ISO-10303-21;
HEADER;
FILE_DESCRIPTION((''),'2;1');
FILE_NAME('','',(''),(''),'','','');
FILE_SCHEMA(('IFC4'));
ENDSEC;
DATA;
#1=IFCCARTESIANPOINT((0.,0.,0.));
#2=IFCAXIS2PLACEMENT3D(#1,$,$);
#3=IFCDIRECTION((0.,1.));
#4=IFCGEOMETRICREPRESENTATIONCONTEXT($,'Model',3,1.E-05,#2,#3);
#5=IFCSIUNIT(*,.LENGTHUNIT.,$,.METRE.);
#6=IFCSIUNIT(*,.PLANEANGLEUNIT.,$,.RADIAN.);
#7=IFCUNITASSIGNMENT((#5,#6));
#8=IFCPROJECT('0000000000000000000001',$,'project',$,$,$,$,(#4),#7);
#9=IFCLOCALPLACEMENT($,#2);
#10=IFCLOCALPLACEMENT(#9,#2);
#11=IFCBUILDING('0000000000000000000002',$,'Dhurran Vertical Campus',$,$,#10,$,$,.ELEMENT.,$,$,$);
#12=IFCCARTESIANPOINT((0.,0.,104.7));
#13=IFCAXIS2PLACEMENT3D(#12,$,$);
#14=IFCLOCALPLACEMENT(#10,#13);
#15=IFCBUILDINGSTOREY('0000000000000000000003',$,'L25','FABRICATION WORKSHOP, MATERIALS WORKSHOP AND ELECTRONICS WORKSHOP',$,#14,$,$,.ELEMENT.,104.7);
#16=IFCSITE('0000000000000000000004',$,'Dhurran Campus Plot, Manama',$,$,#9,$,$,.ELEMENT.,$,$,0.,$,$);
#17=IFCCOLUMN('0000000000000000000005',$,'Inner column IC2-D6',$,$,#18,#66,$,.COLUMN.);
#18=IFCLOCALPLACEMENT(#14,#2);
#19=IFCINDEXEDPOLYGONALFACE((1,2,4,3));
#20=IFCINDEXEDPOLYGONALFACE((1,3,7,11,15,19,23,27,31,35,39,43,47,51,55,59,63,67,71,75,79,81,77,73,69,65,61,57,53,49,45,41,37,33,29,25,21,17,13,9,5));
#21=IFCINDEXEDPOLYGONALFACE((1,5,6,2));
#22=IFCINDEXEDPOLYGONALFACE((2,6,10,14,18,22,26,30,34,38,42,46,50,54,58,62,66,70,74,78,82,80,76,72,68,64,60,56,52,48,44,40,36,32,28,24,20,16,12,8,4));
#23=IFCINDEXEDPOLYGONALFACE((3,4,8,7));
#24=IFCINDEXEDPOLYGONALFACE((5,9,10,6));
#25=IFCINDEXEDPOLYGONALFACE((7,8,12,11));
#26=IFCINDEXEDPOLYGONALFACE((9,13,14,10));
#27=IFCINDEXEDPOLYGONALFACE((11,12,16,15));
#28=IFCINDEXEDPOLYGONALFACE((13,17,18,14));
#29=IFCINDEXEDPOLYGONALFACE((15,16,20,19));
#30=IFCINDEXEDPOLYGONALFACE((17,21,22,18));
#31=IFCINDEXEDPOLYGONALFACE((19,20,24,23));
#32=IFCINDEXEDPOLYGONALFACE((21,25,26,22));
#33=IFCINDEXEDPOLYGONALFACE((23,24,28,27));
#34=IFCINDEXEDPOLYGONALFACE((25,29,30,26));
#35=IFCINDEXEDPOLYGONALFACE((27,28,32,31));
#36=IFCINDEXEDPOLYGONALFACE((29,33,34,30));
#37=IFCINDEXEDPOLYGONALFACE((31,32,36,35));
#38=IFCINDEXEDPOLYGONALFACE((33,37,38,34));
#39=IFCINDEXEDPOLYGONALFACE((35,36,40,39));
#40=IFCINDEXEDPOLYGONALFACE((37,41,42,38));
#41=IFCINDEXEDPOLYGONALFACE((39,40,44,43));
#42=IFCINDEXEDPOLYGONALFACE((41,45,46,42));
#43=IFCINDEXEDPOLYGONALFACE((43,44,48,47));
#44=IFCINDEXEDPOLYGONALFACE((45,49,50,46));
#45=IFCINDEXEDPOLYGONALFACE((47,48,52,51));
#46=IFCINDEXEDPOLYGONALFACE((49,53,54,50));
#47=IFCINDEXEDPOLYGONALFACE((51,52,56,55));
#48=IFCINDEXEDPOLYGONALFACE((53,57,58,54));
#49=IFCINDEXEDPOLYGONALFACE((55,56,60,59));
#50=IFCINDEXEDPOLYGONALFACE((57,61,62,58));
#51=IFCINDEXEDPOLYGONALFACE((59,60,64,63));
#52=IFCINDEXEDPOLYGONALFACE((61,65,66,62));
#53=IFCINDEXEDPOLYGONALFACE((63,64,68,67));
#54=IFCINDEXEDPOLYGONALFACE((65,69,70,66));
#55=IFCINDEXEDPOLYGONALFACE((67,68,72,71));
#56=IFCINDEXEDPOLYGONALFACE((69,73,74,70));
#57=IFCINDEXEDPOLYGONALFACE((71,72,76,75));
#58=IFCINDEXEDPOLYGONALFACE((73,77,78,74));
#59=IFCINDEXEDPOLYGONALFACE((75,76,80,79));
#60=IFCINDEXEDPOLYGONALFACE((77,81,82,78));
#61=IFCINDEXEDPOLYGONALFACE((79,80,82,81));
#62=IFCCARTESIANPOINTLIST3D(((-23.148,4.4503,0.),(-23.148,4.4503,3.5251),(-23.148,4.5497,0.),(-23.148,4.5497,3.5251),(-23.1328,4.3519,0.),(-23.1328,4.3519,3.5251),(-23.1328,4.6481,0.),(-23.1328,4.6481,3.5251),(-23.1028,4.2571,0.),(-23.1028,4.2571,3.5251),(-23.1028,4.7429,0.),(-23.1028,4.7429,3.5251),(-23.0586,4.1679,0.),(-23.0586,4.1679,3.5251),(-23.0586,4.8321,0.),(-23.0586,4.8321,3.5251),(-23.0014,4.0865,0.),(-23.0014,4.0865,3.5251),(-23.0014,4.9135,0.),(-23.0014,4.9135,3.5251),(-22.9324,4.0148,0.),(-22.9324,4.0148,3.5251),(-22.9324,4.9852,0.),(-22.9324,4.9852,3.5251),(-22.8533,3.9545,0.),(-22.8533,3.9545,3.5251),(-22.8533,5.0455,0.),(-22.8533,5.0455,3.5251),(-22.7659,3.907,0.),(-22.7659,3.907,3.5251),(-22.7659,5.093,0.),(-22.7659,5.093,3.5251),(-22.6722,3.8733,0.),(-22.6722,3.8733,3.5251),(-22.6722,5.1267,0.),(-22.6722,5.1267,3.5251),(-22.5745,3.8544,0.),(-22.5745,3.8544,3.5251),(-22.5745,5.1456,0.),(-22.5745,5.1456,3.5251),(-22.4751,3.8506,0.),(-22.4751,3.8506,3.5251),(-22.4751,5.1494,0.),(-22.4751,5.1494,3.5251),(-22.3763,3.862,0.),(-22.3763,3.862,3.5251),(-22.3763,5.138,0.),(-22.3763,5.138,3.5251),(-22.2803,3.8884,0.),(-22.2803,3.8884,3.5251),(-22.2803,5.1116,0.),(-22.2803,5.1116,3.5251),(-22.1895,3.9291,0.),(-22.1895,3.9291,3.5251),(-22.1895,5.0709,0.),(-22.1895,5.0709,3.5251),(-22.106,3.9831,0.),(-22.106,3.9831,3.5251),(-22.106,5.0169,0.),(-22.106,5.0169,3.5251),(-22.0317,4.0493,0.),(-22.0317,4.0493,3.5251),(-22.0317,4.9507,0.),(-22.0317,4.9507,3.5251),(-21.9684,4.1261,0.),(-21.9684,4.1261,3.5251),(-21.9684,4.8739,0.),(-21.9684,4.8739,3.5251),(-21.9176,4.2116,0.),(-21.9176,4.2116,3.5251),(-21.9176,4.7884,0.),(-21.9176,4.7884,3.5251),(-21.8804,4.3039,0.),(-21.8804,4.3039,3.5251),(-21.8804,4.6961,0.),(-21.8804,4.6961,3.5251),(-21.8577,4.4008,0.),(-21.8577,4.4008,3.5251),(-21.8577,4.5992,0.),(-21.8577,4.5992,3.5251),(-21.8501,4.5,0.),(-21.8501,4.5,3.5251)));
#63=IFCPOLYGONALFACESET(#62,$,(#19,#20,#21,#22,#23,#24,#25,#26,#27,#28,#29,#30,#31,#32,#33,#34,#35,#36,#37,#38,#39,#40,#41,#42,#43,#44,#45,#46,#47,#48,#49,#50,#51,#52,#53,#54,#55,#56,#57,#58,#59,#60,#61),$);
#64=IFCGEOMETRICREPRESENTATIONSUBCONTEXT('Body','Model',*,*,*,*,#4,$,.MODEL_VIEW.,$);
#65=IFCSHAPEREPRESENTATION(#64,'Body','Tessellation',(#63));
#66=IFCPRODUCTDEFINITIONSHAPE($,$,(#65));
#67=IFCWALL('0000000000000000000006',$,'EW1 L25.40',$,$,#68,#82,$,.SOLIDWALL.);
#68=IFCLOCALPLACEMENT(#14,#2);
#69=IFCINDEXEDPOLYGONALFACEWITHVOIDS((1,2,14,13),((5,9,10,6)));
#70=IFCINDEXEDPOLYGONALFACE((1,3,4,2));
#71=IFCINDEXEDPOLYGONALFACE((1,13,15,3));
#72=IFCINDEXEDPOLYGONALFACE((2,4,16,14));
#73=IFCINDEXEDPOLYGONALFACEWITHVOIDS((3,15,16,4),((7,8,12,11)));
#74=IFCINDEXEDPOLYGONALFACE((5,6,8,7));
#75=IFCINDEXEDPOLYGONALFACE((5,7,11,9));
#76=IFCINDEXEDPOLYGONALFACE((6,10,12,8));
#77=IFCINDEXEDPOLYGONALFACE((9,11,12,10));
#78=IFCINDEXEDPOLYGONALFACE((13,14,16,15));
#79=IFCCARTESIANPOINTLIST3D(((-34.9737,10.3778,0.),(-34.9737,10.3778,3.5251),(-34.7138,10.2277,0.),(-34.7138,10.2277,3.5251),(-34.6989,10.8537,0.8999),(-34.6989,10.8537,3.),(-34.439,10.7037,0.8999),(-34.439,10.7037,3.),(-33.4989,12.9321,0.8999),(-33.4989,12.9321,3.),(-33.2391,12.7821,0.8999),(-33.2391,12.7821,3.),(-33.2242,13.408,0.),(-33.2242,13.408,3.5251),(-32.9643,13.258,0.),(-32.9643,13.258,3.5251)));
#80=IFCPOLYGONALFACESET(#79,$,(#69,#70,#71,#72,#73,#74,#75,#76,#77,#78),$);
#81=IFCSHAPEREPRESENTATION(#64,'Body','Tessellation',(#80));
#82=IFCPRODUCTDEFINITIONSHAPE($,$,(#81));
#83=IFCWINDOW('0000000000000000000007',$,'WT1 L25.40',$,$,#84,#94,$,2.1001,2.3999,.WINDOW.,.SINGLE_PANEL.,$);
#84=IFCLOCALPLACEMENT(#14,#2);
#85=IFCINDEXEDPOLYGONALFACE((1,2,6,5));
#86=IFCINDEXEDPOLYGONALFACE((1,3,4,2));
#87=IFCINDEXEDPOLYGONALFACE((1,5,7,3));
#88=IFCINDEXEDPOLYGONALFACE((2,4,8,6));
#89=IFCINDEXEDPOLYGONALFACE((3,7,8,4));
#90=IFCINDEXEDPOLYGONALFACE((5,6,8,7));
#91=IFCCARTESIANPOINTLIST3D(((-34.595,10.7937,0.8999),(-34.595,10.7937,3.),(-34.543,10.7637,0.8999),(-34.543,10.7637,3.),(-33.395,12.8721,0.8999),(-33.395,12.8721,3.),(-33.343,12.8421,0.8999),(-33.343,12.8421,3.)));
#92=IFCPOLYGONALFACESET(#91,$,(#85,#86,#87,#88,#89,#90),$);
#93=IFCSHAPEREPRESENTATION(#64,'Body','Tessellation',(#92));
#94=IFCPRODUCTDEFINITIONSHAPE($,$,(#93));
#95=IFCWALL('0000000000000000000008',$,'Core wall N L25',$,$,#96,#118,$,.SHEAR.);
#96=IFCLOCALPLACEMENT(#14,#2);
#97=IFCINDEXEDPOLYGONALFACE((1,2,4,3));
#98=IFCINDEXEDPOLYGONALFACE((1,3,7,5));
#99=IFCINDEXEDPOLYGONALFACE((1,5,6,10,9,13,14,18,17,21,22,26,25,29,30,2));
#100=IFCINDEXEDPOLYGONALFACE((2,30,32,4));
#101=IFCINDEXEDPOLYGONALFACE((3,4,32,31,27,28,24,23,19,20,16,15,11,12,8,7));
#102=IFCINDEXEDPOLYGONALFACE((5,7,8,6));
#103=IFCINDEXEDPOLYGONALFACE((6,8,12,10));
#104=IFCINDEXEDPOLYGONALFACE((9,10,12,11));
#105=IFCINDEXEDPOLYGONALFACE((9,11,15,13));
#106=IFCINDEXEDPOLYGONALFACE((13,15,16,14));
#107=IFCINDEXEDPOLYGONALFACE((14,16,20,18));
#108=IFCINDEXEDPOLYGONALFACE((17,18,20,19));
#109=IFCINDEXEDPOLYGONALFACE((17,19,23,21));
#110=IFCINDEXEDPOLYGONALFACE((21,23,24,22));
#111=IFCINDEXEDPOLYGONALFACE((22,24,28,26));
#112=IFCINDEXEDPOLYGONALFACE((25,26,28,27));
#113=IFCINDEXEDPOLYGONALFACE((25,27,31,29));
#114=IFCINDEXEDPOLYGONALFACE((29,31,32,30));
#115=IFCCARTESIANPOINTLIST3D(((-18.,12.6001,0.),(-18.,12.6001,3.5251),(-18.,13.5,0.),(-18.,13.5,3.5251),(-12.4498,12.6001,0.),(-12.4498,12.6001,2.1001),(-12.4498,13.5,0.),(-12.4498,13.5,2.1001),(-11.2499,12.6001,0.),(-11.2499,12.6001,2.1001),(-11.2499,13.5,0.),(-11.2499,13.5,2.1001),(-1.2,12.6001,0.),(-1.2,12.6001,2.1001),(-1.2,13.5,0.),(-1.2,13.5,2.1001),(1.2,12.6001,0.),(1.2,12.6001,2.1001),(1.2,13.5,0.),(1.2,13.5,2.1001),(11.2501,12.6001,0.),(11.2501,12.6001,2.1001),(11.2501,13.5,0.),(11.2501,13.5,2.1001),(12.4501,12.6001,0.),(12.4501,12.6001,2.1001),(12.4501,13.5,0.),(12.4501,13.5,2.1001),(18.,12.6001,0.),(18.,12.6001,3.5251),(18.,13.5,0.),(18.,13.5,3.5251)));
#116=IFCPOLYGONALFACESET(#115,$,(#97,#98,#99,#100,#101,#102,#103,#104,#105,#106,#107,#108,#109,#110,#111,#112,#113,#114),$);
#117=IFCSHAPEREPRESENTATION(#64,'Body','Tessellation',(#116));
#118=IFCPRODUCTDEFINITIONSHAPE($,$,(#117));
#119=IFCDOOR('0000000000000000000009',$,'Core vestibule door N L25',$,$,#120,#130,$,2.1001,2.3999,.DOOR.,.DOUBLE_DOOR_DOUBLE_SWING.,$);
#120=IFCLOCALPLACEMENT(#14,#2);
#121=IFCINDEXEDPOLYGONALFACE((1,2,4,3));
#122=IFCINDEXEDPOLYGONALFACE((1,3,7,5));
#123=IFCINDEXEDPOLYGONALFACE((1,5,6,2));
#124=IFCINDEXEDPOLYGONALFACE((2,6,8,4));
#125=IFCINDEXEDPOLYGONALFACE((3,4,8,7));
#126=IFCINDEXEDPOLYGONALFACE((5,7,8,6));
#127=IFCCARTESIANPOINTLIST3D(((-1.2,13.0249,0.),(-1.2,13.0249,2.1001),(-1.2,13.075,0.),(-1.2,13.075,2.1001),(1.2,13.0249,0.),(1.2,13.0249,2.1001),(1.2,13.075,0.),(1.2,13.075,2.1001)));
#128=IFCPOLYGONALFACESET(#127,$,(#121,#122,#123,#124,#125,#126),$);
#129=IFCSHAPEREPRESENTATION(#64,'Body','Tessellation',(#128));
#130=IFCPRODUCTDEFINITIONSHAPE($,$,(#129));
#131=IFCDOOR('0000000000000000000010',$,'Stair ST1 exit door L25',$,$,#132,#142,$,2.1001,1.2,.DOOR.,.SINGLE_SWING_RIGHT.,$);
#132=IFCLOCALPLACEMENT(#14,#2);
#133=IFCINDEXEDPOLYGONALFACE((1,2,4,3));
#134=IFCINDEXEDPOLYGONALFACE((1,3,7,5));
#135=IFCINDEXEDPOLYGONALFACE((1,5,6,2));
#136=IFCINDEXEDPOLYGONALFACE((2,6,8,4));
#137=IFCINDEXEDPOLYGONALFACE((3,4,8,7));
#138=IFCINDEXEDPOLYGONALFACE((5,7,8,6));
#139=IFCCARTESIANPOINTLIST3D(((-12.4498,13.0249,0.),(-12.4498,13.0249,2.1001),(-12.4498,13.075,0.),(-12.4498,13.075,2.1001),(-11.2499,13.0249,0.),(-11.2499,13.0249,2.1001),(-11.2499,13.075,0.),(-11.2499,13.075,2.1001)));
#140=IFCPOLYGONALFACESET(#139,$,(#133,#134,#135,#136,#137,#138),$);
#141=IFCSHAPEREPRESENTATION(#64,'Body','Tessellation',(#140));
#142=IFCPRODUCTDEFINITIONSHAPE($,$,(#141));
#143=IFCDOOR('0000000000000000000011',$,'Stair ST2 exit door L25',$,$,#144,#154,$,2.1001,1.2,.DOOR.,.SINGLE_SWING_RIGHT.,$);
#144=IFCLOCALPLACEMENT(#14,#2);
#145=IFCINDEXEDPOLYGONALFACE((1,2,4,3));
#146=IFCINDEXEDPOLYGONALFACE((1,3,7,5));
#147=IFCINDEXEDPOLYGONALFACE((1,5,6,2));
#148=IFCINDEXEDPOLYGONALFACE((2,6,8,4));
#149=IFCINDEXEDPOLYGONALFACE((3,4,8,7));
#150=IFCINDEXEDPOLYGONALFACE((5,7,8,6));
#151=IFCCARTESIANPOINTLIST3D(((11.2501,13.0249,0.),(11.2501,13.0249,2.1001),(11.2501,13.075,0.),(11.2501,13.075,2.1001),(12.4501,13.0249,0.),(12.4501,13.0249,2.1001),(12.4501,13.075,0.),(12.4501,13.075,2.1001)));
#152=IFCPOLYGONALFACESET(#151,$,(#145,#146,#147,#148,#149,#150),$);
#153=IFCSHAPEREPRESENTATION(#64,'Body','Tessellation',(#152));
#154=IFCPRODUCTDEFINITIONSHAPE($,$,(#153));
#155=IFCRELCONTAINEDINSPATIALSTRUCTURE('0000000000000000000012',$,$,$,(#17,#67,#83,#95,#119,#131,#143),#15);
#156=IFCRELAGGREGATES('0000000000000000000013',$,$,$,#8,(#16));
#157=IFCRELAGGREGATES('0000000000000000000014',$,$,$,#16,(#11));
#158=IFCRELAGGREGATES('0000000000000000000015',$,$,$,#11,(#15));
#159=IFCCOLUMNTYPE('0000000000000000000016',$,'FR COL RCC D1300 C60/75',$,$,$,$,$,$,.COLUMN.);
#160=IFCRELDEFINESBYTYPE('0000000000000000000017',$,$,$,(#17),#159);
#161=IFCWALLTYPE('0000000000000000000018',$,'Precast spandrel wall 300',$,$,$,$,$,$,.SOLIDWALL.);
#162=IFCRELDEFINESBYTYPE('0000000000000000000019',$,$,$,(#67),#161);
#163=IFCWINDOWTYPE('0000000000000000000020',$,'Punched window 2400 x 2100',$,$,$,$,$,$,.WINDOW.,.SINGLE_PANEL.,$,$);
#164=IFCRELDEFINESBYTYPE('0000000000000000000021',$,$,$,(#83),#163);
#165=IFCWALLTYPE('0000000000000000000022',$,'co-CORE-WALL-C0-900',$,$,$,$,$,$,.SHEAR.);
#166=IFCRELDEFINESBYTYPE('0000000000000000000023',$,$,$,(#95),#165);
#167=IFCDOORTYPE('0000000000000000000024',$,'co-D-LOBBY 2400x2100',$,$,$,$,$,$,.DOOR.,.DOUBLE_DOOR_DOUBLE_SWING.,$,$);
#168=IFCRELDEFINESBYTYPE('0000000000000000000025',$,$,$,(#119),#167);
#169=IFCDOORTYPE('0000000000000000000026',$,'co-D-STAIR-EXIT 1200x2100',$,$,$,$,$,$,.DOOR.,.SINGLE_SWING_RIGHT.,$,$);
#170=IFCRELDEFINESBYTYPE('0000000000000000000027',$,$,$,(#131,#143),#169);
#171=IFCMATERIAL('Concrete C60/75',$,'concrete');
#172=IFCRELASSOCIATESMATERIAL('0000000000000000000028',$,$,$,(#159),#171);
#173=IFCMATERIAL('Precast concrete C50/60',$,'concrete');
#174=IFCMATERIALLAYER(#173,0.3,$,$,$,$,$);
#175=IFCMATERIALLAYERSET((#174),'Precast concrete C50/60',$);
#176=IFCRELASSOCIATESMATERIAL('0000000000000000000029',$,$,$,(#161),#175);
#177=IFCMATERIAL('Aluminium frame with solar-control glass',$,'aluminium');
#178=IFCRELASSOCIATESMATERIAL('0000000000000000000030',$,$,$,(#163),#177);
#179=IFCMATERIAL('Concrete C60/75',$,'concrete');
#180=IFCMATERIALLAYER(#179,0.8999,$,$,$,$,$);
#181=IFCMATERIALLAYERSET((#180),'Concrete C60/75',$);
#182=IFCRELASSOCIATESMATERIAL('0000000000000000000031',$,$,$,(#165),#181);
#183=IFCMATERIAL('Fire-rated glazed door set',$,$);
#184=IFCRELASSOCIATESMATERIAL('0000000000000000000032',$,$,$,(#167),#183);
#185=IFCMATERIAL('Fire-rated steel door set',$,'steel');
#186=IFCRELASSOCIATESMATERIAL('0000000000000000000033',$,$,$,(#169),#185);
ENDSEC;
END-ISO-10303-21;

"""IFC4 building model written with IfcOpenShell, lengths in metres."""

from ifc_helpers import new_model, si_unit, direction, frame, frame_2d, origin, origin_2d, place, context, subcontext, project, spatial, rectangle, circle, extrude, material, layer, layer_set, material_profile, profile_set, type_object, element, fill, save


model = new_model("IFC4")

# Units and contexts
model_context = context("Model", 3, precision=1e-05, world=origin(), true_north=direction((0.0, 1.0)))
body_context = subcontext(model_context, "Body", "Model", "MODEL_VIEW")
ifc_project = project(units=[si_unit("LENGTHUNIT", "METRE"), si_unit("PLANEANGLEUNIT", "RADIAN")], contexts=[model_context])

# Site, building, storey
site_placement = place(None, origin())
site = spatial("IfcSite", under=ifc_project, at=site_placement, Name="Dhurran Campus Plot, Manama", CompositionType="ELEMENT", RefElevation=0.0)
building_placement = place(site_placement, origin())
building = spatial("IfcBuilding", under=site, at=building_placement, Name="Dhurran Vertical Campus", CompositionType="ELEMENT")
storey_placement = place(building_placement, frame((0.0, 0.0, 104.7)))
storey = spatial("IfcBuildingStorey", under=building, at=storey_placement, Name="L25", Description="FABRICATION WORKSHOP, MATERIALS WORKSHOP AND ELECTRONICS WORKSHOP", CompositionType="ELEMENT", Elevation=104.7)

# Column
ifc_material_1 = material(Name="Concrete C60/75", Category="concrete")
ifc_material_profile = material_profile(ifc_material_1, circle(Radius=0.6499, at=origin_2d()), Name="RCC D1300")
ifc_profile_set = profile_set([ifc_material_profile], Name="Concrete C60/75")
column_type = type_object("IfcColumnType", Name="FR COL RCC D1300 C60/75", PredefinedType="COLUMN", material=ifc_profile_set)
column_placement = place(storey_placement, frame((-22.5, 4.5, 0.0), z_axis=(0.0, 0.0, 1.0), x_axis=(1.0, 0.0, 0.0)))
element("IfcColumn", 1, at=column_placement, inside=storey, type_object=column_type, Name="Inner column IC2-D6", PredefinedType="COLUMN", context=body_context, shape_type="SweptSolid", body=[
    extrude(circle(Radius=0.6499, at=origin_2d()), origin(), (0.0, 0.0, 1.0), 3.5251),
])

# Wall, opening, window
ifc_material_2 = material(Name="Precast concrete C50/60", Category="concrete")
ifc_layer_1 = layer(ifc_material_2, 0.3)
ifc_layer_set_1 = layer_set([ifc_layer_1], Name="Precast concrete C50/60")
wall_type_1 = type_object("IfcWallType", Name="Precast spandrel wall 300", PredefinedType="SOLIDWALL", material=ifc_layer_set_1)
wall_1_placement = place(storey_placement, frame((-33.0942, 13.333, 0.0), z_axis=(0.0, 0.0, 1.0), x_axis=(-0.499996, -0.866028, 0.0)))
wall_1 = element("IfcWall", 2, at=wall_1_placement, inside=storey, type_object=wall_type_1, Name="EW1 L25.40", PredefinedType="SOLIDWALL", context=body_context, shape_type="SweptSolid", body=[
    extrude(rectangle(XDim=3.499, YDim=0.3, at=frame_2d((1.7495, 0.0))), origin(), (0.0, 0.0, 1.0), 3.5251),
])
opening_1_placement = place(wall_1_placement, frame((0.5496, 0.0, 0.8999)))
opening_1 = element("IfcOpeningElement", 3, at=opening_1_placement, cuts=wall_1, PredefinedType="OPENING", context=body_context, shape_type="SweptSolid", body=[
    extrude(rectangle(XDim=2.3999, YDim=2.1001, at=frame_2d((1.2, 1.05))), frame((0.0, 0.1599, 0.0), z_axis=(0.0, -1.0, 0.0), x_axis=(1.0, 0.0, 0.0)), (0.0, 0.0, 1.0), 0.3201),
])
ifc_material_3 = material(Name="Aluminium frame with solar-control glass", Category="aluminium")
window_type = type_object("IfcWindowType", Name="Punched window 2400 x 2100", PartitioningType="SINGLE_PANEL", PredefinedType="WINDOW", material=ifc_material_3)
window_placement = place(opening_1_placement, origin())
window = element("IfcWindow", 4, at=window_placement, inside=storey, type_object=window_type, Name="WT1 L25.40", OverallHeight=2.1001, OverallWidth=2.3999, PartitioningType="SINGLE_PANEL", PredefinedType="WINDOW", context=body_context, shape_type="SweptSolid", body=[
    extrude(rectangle(XDim=2.3999, YDim=2.1001, at=frame_2d((1.2, 1.05))), frame((0.0, 0.03, 0.0), z_axis=(0.0, -1.0, 0.0), x_axis=(1.0, 0.0, 0.0)), (0.0, 0.0, 1.0), 0.0601),
])
fill(opening_1, window)

# Wall, openings, doors
ifc_material_4 = material(Name="Concrete C60/75", Category="concrete")
ifc_layer_2 = layer(ifc_material_4, 0.8999)
ifc_layer_set_2 = layer_set([ifc_layer_2], Name="Concrete C60/75")
wall_type_2 = type_object("IfcWallType", Name="co-CORE-WALL-C0-900", PredefinedType="SHEAR", material=ifc_layer_set_2)
wall_2_placement = place(storey_placement, frame((-18.0, 13.05, 0.0), z_axis=(0.0, 0.0, 1.0), x_axis=(1.0, 0.0, 0.0)))
wall_2 = element("IfcWall", 5, at=wall_2_placement, inside=storey, type_object=wall_type_2, Name="Core wall N L25", PredefinedType="SHEAR", context=body_context, shape_type="SweptSolid", body=[
    extrude(rectangle(XDim=36.0, YDim=0.8999, at=frame_2d((18.0, 0.0))), origin(), (0.0, 0.0, 1.0), 3.5251),
])
opening_2_placement = place(wall_2_placement, frame((16.8, 0.0, 0.0)))
opening_2 = element("IfcOpeningElement", 6, at=opening_2_placement, cuts=wall_2, PredefinedType="OPENING", context=body_context, shape_type="SweptSolid", body=[
    extrude(rectangle(XDim=2.3999, YDim=2.1001, at=frame_2d((1.2, 1.05))), frame((0.0, 0.46, 0.0), z_axis=(0.0, -1.0, 0.0), x_axis=(1.0, 0.0, 0.0)), (0.0, 0.0, 1.0), 0.9199),
])
opening_3_placement = place(wall_2_placement, frame((5.55, 0.0, 0.0)))
opening_3 = element("IfcOpeningElement", 7, at=opening_3_placement, cuts=wall_2, PredefinedType="OPENING", context=body_context, shape_type="SweptSolid", body=[
    extrude(rectangle(XDim=1.2, YDim=2.1001, at=frame_2d((0.6001, 1.05))), frame((0.0, 0.46, 0.0), z_axis=(0.0, -1.0, 0.0), x_axis=(1.0, 0.0, 0.0)), (0.0, 0.0, 1.0), 0.9199),
])
opening_4_placement = place(wall_2_placement, frame((29.25, 0.0, 0.0)))
opening_4 = element("IfcOpeningElement", 8, at=opening_4_placement, cuts=wall_2, PredefinedType="OPENING", context=body_context, shape_type="SweptSolid", body=[
    extrude(rectangle(XDim=1.2, YDim=2.1001, at=frame_2d((0.6001, 1.05))), frame((0.0, 0.46, 0.0), z_axis=(0.0, -1.0, 0.0), x_axis=(1.0, 0.0, 0.0)), (0.0, 0.0, 1.0), 0.9199),
])
ifc_material_5 = material(Name="Fire-rated glazed door set")
door_type_1 = type_object("IfcDoorType", Name="co-D-LOBBY 2400x2100", OperationType="DOUBLE_DOOR_DOUBLE_SWING", PredefinedType="DOOR", material=ifc_material_5)
door_1_placement = place(opening_2_placement, origin())
door_1 = element("IfcDoor", 9, at=door_1_placement, inside=storey, type_object=door_type_1, Name="Core vestibule door N L25", OperationType="DOUBLE_DOOR_DOUBLE_SWING", OverallHeight=2.1001, OverallWidth=2.3999, PredefinedType="DOOR", context=body_context, shape_type="SweptSolid", body=[
    extrude(rectangle(XDim=2.3999, YDim=2.1001, at=frame_2d((1.2, 1.05))), frame((0.0, 0.0249, 0.0), z_axis=(0.0, -1.0, 0.0), x_axis=(1.0, 0.0, 0.0)), (0.0, 0.0, 1.0), 0.05),
])
fill(opening_2, door_1)
ifc_material_6 = material(Name="Fire-rated steel door set", Category="steel")
door_type_2 = type_object("IfcDoorType", Name="co-D-STAIR-EXIT 1200x2100", OperationType="SINGLE_SWING_RIGHT", PredefinedType="DOOR", material=ifc_material_6)
door_2_placement = place(opening_3_placement, origin())
door_2 = element("IfcDoor", 10, at=door_2_placement, inside=storey, type_object=door_type_2, Name="Stair ST1 exit door L25", OperationType="SINGLE_SWING_RIGHT", OverallHeight=2.1001, OverallWidth=1.2, PredefinedType="DOOR", context=body_context, shape_type="SweptSolid", body=[
    extrude(rectangle(XDim=1.2, YDim=2.1001, at=frame_2d((0.6001, 1.05))), frame((0.0, 0.0249, 0.0), z_axis=(0.0, -1.0, 0.0), x_axis=(1.0, 0.0, 0.0)), (0.0, 0.0, 1.0), 0.05),
])
fill(opening_3, door_2)
door_3_placement = place(opening_4_placement, origin())
door_3 = element("IfcDoor", 11, at=door_3_placement, inside=storey, type_object=door_type_2, Name="Stair ST2 exit door L25", OperationType="SINGLE_SWING_RIGHT", OverallHeight=2.1001, OverallWidth=1.2, PredefinedType="DOOR", context=body_context, shape_type="SweptSolid", body=[
    extrude(rectangle(XDim=1.2, YDim=2.1001, at=frame_2d((0.6001, 1.05))), frame((0.0, 0.0249, 0.0), z_axis=(0.0, -1.0, 0.0), x_axis=(1.0, 0.0, 0.0)), (0.0, 0.0, 1.0), 0.05),
])
fill(opening_4, door_3)

save(model, "model.ifc")
